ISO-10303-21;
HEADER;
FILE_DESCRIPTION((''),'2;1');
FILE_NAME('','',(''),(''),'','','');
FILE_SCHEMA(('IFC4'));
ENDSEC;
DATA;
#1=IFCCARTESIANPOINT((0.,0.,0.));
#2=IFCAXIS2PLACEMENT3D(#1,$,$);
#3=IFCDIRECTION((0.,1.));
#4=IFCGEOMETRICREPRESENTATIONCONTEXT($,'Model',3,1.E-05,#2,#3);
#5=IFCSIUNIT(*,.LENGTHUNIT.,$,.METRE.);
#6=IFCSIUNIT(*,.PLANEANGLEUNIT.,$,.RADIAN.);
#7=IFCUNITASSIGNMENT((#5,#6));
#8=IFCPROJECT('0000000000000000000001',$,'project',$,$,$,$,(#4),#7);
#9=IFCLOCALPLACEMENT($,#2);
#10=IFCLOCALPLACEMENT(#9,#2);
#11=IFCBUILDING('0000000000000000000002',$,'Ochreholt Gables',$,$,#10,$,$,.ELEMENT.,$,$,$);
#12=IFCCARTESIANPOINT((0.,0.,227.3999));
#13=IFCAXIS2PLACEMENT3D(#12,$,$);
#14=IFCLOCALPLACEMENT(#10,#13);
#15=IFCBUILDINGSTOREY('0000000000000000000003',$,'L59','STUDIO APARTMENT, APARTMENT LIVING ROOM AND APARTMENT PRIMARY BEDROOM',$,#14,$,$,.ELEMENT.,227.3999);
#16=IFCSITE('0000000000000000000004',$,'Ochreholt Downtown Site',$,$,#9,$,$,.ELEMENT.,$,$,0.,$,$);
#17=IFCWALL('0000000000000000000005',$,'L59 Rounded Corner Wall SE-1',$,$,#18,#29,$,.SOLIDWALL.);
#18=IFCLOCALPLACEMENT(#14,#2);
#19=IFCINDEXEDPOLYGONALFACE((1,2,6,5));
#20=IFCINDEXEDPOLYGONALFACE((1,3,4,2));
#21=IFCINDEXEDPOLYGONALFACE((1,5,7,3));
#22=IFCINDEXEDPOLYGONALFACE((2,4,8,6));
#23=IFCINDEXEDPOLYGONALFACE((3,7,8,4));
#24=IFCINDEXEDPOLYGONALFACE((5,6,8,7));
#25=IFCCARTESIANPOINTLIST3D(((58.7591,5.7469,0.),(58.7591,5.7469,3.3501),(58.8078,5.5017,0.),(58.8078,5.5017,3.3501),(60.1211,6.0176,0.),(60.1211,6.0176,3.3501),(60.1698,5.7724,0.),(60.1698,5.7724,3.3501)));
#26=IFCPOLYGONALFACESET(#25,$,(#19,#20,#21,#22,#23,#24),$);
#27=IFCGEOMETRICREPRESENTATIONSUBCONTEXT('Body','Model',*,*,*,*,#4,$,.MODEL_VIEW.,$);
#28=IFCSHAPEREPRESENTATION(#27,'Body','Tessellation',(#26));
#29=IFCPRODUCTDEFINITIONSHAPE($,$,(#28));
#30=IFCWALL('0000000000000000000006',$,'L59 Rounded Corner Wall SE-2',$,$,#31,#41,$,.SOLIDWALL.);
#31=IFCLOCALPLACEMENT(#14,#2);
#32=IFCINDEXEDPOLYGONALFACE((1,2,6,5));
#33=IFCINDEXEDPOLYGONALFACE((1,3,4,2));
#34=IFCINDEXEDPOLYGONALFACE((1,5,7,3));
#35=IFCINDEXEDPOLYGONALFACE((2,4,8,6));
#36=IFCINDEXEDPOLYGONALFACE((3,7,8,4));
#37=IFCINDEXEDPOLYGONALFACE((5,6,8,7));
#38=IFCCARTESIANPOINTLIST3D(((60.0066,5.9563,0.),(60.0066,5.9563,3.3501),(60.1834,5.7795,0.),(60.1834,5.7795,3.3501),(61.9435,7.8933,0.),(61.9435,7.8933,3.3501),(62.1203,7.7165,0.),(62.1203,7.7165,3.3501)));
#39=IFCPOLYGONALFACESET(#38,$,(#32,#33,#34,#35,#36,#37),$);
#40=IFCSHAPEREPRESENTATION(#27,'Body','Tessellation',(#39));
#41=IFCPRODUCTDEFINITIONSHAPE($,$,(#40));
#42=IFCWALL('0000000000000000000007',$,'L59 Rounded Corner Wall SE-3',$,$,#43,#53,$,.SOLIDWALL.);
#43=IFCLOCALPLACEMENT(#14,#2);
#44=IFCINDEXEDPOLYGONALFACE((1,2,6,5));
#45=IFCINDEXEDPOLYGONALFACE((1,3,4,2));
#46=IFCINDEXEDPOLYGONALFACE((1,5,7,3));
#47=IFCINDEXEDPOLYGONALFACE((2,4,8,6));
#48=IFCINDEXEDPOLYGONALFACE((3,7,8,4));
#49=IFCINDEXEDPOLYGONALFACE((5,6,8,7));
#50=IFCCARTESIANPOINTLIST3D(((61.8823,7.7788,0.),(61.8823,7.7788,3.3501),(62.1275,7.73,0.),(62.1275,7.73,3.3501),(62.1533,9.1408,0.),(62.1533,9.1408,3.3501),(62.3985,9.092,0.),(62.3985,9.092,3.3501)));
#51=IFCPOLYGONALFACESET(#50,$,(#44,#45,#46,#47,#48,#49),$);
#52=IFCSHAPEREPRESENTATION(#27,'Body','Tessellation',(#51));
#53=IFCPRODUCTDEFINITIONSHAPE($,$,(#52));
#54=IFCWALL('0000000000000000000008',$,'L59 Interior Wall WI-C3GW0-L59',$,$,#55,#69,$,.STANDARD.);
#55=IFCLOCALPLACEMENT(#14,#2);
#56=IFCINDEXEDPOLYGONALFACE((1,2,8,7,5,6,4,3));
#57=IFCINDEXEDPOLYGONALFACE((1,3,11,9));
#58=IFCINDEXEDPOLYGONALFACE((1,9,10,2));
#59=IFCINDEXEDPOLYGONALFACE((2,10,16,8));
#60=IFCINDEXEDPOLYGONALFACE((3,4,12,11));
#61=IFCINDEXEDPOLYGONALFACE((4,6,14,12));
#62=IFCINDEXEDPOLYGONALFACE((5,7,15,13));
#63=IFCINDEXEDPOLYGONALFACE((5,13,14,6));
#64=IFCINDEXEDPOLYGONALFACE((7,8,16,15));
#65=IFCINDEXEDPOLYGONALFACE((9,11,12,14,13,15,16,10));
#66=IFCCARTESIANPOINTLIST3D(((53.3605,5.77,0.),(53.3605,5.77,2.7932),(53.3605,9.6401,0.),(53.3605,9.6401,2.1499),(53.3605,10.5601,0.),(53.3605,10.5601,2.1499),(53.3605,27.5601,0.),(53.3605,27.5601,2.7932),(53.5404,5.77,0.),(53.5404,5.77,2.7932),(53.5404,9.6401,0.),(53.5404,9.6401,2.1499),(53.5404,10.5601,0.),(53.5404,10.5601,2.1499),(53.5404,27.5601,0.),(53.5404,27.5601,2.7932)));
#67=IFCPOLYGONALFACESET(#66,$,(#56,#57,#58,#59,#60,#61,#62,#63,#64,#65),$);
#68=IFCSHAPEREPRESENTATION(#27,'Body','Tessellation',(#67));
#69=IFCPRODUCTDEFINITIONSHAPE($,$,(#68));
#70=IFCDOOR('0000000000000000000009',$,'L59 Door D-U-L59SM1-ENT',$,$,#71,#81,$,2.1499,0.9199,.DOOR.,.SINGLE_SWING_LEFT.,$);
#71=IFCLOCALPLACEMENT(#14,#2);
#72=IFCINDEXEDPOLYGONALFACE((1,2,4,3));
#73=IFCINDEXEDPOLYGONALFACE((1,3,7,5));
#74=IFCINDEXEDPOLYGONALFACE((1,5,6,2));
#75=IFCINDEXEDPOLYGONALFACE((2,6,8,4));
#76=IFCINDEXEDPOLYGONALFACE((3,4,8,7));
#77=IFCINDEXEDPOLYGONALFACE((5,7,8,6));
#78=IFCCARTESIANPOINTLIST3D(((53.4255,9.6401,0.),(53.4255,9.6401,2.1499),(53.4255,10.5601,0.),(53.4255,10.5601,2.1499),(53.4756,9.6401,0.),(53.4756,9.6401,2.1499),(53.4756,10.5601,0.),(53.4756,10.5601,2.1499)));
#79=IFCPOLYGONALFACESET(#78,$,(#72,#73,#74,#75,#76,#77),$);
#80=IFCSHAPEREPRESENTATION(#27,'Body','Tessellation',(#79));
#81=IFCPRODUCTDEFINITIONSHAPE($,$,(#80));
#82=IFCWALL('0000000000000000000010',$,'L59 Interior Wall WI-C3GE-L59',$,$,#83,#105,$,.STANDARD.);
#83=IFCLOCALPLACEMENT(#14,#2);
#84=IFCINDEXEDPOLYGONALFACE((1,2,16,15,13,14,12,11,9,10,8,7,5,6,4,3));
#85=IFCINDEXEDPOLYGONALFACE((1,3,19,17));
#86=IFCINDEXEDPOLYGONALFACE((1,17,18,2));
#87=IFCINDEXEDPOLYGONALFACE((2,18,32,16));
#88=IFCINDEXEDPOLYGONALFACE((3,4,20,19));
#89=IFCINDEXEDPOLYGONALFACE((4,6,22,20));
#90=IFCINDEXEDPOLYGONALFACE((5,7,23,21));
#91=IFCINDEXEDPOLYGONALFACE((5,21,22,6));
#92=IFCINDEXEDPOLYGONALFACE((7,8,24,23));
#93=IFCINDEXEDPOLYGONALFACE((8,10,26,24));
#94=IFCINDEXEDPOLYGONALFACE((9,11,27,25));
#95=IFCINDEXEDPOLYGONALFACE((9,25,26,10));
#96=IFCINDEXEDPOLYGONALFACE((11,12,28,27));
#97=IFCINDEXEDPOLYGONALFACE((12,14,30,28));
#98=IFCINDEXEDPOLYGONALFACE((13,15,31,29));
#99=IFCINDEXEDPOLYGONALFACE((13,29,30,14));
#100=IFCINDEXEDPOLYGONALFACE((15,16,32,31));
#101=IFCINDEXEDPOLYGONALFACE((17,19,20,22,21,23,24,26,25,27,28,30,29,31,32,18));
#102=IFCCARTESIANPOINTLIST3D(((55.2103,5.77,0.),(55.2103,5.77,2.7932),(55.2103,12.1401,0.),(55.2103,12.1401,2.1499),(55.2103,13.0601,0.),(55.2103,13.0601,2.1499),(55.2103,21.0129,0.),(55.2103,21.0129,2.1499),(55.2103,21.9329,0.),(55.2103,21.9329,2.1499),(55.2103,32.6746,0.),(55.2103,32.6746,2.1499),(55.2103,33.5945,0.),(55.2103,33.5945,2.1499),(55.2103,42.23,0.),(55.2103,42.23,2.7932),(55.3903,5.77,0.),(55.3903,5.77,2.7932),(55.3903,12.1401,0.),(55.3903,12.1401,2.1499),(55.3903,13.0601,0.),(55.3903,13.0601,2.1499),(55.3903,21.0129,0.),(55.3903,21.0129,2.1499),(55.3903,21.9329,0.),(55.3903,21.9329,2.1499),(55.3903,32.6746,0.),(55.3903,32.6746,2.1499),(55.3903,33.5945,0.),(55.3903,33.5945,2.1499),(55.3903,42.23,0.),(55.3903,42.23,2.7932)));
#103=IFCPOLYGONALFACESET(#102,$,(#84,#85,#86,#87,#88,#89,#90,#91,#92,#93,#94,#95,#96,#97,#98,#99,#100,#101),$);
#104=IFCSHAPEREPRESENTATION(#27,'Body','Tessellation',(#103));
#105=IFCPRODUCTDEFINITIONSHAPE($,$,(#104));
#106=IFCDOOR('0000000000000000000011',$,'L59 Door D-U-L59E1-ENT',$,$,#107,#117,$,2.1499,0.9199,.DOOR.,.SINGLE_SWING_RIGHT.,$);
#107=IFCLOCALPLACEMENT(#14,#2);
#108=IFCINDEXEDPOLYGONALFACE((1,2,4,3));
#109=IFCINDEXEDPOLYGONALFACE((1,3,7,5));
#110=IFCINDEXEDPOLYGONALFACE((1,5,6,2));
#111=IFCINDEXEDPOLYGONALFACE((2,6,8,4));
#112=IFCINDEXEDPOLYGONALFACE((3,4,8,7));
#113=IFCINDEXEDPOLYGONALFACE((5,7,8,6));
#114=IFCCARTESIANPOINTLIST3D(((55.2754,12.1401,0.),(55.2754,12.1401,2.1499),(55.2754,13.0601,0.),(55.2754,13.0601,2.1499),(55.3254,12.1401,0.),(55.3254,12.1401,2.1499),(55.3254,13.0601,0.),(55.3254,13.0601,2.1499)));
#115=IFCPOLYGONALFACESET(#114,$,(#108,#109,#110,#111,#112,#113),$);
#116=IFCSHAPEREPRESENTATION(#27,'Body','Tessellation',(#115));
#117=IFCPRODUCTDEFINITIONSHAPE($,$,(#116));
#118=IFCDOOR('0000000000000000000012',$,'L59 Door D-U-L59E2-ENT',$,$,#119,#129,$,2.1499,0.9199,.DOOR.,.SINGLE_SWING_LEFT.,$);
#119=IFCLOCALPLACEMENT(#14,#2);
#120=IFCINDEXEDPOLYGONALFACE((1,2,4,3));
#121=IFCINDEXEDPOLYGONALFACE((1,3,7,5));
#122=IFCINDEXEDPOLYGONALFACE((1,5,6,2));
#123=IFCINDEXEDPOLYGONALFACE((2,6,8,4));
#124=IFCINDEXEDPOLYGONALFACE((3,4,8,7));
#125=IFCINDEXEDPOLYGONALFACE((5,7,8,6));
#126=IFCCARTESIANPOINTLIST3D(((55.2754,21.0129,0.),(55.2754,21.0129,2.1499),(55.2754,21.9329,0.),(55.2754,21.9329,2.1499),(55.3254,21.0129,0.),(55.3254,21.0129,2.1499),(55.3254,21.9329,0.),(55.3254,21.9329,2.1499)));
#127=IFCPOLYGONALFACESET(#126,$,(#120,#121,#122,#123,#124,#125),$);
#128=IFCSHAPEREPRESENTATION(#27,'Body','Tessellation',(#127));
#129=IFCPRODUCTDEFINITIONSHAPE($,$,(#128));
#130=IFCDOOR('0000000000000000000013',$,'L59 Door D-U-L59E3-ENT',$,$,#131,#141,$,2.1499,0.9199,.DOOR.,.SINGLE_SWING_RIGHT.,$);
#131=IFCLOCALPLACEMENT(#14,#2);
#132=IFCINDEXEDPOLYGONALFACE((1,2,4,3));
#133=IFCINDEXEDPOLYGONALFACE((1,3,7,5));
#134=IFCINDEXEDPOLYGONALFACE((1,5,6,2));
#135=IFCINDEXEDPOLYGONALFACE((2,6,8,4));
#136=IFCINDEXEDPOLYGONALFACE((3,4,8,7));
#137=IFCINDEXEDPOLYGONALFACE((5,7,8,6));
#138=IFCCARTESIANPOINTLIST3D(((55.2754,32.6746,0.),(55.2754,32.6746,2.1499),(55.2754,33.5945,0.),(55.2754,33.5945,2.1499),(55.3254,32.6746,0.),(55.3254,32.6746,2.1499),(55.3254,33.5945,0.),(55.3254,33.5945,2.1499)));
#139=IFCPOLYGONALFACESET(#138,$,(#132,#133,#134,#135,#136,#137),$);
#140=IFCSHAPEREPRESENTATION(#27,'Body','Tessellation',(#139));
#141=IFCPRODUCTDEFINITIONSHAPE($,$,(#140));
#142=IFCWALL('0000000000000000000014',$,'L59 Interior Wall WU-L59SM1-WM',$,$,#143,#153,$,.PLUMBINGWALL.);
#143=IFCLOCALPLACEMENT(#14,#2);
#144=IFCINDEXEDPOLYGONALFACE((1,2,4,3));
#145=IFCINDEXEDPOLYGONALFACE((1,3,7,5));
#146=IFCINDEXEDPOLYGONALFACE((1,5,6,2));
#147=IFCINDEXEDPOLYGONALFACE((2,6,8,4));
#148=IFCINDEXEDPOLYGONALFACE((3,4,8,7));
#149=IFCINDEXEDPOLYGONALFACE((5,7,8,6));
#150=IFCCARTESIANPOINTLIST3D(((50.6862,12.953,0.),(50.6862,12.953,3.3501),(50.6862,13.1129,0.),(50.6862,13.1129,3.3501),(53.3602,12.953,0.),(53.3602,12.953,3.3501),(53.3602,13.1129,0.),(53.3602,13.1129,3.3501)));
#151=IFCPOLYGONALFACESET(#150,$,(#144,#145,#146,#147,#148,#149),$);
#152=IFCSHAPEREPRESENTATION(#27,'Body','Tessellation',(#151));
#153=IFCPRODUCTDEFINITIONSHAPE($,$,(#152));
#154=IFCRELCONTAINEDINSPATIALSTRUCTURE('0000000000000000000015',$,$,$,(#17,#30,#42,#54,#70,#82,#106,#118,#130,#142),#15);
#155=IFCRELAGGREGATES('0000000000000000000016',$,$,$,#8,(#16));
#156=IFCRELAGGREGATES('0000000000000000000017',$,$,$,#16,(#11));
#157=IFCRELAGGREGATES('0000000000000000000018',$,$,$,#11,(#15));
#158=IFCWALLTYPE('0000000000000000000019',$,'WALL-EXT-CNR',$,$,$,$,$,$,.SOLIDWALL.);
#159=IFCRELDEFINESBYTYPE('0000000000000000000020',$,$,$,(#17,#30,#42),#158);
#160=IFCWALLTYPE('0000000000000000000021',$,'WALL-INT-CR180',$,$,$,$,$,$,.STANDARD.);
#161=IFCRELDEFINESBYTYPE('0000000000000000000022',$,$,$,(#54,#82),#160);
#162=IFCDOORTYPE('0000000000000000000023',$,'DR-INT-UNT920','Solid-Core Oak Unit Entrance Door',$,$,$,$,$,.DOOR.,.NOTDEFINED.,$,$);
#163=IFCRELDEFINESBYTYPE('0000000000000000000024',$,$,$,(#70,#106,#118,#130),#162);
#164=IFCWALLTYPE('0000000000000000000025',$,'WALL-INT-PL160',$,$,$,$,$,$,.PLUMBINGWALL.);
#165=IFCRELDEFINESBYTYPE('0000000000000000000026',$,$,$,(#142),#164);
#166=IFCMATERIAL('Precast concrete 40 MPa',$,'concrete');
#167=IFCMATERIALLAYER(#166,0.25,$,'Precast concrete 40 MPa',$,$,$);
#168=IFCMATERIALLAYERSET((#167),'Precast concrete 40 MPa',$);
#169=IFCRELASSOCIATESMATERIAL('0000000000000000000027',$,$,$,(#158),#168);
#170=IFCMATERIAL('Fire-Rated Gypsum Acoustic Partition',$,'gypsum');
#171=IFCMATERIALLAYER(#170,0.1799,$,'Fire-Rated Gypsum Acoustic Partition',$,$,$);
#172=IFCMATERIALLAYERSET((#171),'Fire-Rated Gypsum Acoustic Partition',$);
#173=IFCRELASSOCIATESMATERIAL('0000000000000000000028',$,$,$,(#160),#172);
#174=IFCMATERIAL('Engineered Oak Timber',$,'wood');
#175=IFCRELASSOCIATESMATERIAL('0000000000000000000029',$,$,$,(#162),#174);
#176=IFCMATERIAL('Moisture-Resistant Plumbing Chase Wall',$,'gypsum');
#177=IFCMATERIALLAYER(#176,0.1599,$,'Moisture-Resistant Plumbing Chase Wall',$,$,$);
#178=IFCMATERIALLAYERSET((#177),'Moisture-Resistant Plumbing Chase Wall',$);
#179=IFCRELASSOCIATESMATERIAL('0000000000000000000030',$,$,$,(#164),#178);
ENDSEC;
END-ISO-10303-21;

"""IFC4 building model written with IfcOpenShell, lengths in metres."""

from ifc_helpers import new_model, si_unit, direction, frame, frame_2d, origin, place, context, subcontext, project, spatial, rectangle, extrude, material, layer, layer_set, type_object, element, fill, save


model = new_model("IFC4")

# Units and contexts
model_context = context("Model", 3, precision=1e-05, world=origin(), true_north=direction((0.0, 1.0)))
body_context = subcontext(model_context, "Body", "Model", "MODEL_VIEW")
ifc_project = project(units=[si_unit("LENGTHUNIT", "METRE"), si_unit("PLANEANGLEUNIT", "RADIAN")], contexts=[model_context])

# Site, building, storey
site_placement = place(None, origin())
site = spatial("IfcSite", under=ifc_project, at=site_placement, Name="Ochreholt Downtown Site", CompositionType="ELEMENT", RefElevation=0.0)
building_placement = place(site_placement, origin())
building = spatial("IfcBuilding", under=site, at=building_placement, Name="Ochreholt Gables", CompositionType="ELEMENT")
storey_placement = place(building_placement, frame((0.0, 0.0, 227.3999)))
storey = spatial("IfcBuildingStorey", under=building, at=storey_placement, Name="L59", Description="STUDIO APARTMENT, APARTMENT LIVING ROOM AND APARTMENT PRIMARY BEDROOM", CompositionType="ELEMENT", Elevation=227.3999)

# Shared definitions
ifc_material_1 = material(Name="Precast concrete 40 MPa", Category="concrete")

# Walls
ifc_layer_1 = layer(ifc_material_1, 0.25, Name="Precast concrete 40 MPa")
ifc_layer_set_1 = layer_set([ifc_layer_1], Name="Precast concrete 40 MPa")
wall_type_1 = type_object("IfcWallType", Name="WALL-EXT-CNR", PredefinedType="SOLIDWALL", material=ifc_layer_set_1)
wall_1_placement = place(storey_placement, frame((58.7834, 5.6243, 0.0), z_axis=(0.0, 0.0, 1.0), x_axis=(0.98081, 0.194967, 0.0)))
element("IfcWall", 1, at=wall_1_placement, inside=storey, type_object=wall_type_1, Name="L59 Rounded Corner Wall SE-1", PredefinedType="SOLIDWALL", context=body_context, shape_type="SweptSolid", body=[
    extrude(rectangle(XDim=1.3887, YDim=0.25, at=frame_2d((0.6943, 0.0))), origin(), (0.0, 0.0, 1.0), 3.3501),
])
wall_2_placement = place(storey_placement, frame((60.095, 5.8679, 0.0), z_axis=(0.0, 0.0, 1.0), x_axis=(0.707107, 0.707107, 0.0)))
element("IfcWall", 2, at=wall_2_placement, inside=storey, type_object=wall_type_1, Name="L59 Rounded Corner Wall SE-2", PredefinedType="SOLIDWALL", context=body_context, shape_type="SweptSolid", body=[
    extrude(rectangle(XDim=2.7393, YDim=0.25, at=frame_2d((1.3696, 0.0))), origin(), (0.0, 0.0, 1.0), 3.3501),
])
wall_3_placement = place(storey_placement, frame((62.0049, 7.7544, 0.0), z_axis=(0.0, 0.0, 1.0), x_axis=(0.195136, 0.980776, 0.0)))
element("IfcWall", 3, at=wall_3_placement, inside=storey, type_object=wall_type_1, Name="L59 Rounded Corner Wall SE-3", PredefinedType="SOLIDWALL", context=body_context, shape_type="SweptSolid", body=[
    extrude(rectangle(XDim=1.3887, YDim=0.25, at=frame_2d((0.6943, 0.0))), origin(), (0.0, 0.0, 1.0), 3.3501),
])

# Wall, opening, door
ifc_material_2 = material(Name="Fire-Rated Gypsum Acoustic Partition", Category="gypsum")
ifc_layer_2 = layer(ifc_material_2, 0.1799, Name="Fire-Rated Gypsum Acoustic Partition")
ifc_layer_set_2 = layer_set([ifc_layer_2], Name="Fire-Rated Gypsum Acoustic Partition")
wall_type_2 = type_object("IfcWallType", Name="WALL-INT-CR180", PredefinedType="STANDARD", material=ifc_layer_set_2)
wall_4_placement = place(storey_placement, frame((53.4504, 5.77, 0.0), z_axis=(0.0, 0.0, 1.0), x_axis=(0.0, 1.0, 0.0)))
wall_4 = element("IfcWall", 4, at=wall_4_placement, inside=storey, type_object=wall_type_2, Name="L59 Interior Wall WI-C3GW0-L59", PredefinedType="STANDARD", context=body_context, shape_type="SweptSolid", body=[
    extrude(rectangle(XDim=21.79, YDim=0.1799, at=frame_2d((10.895, 0.0))), origin(), (0.0, 0.0, 1.0), 2.7932),
])
opening_1_placement = place(wall_4_placement, frame((3.8701, 0.0, 0.0)))
opening_1 = element("IfcOpeningElement", 5, at=opening_1_placement, cuts=wall_4, PredefinedType="OPENING", context=body_context, shape_type="SweptSolid", body=[
    extrude(rectangle(XDim=0.9199, YDim=2.1499, at=frame_2d((0.46, 1.075))), frame((0.0, 0.0999, 0.0), z_axis=(0.0, -1.0, 0.0), x_axis=(1.0, 0.0, 0.0)), (0.0, 0.0, 1.0), 0.2),
])
ifc_material_3 = material(Name="Engineered Oak Timber", Category="wood")
door_type_1 = type_object("IfcDoorType", Name="DR-INT-UNT920", Description="Solid-Core Oak Unit Entrance Door", OperationType="NOTDEFINED", PredefinedType="DOOR", material=ifc_material_3)
door_1_placement = place(opening_1_placement, origin())
door_1 = element("IfcDoor", 6, at=door_1_placement, inside=storey, type_object=door_type_1, Name="L59 Door D-U-L59SM1-ENT", OperationType="SINGLE_SWING_LEFT", OverallHeight=2.1499, OverallWidth=0.9199, PredefinedType="DOOR", context=body_context, shape_type="SweptSolid", body=[
    extrude(rectangle(XDim=0.9199, YDim=2.1499, at=frame_2d((0.46, 1.075))), frame((0.0, 0.0249, 0.0), z_axis=(0.0, -1.0, 0.0), x_axis=(1.0, 0.0, 0.0)), (0.0, 0.0, 1.0), 0.05),
])
fill(opening_1, door_1)

# Wall, openings, doors
wall_5_placement = place(storey_placement, frame((55.3003, 5.77, 0.0), z_axis=(0.0, 0.0, 1.0), x_axis=(0.0, 1.0, 0.0)))
wall_5 = element("IfcWall", 7, at=wall_5_placement, inside=storey, type_object=wall_type_2, Name="L59 Interior Wall WI-C3GE-L59", PredefinedType="STANDARD", context=body_context, shape_type="SweptSolid", body=[
    extrude(rectangle(XDim=36.46, YDim=0.1799, at=frame_2d((18.23, 0.0))), origin(), (0.0, 0.0, 1.0), 2.7932),
])
opening_2_placement = place(wall_5_placement, frame((6.3701, 0.0, 0.0)))
opening_2 = element("IfcOpeningElement", 8, at=opening_2_placement, cuts=wall_5, PredefinedType="OPENING", context=body_context, shape_type="SweptSolid", body=[
    extrude(rectangle(XDim=0.9199, YDim=2.1499, at=frame_2d((0.46, 1.075))), frame((0.0, 0.0999, 0.0), z_axis=(0.0, -1.0, 0.0), x_axis=(1.0, 0.0, 0.0)), (0.0, 0.0, 1.0), 0.2),
])
opening_3_placement = place(wall_5_placement, frame((15.2429, 0.0, 0.0)))
opening_3 = element("IfcOpeningElement", 9, at=opening_3_placement, cuts=wall_5, PredefinedType="OPENING", context=body_context, shape_type="SweptSolid", body=[
    extrude(rectangle(XDim=0.9199, YDim=2.1499, at=frame_2d((0.46, 1.075))), frame((0.0, 0.0999, 0.0), z_axis=(0.0, -1.0, 0.0), x_axis=(1.0, 0.0, 0.0)), (0.0, 0.0, 1.0), 0.2),
])
opening_4_placement = place(wall_5_placement, frame((26.9045, 0.0, 0.0)))
opening_4 = element("IfcOpeningElement", 10, at=opening_4_placement, cuts=wall_5, PredefinedType="OPENING", context=body_context, shape_type="SweptSolid", body=[
    extrude(rectangle(XDim=0.9199, YDim=2.1499, at=frame_2d((0.46, 1.075))), frame((0.0, 0.0999, 0.0), z_axis=(0.0, -1.0, 0.0), x_axis=(1.0, 0.0, 0.0)), (0.0, 0.0, 1.0), 0.2),
])
door_2_placement = place(opening_2_placement, origin())
door_2 = element("IfcDoor", 11, at=door_2_placement, inside=storey, type_object=door_type_1, Name="L59 Door D-U-L59E1-ENT", OperationType="SINGLE_SWING_RIGHT", OverallHeight=2.1499, OverallWidth=0.9199, PredefinedType="DOOR", context=body_context, shape_type="SweptSolid", body=[
    extrude(rectangle(XDim=0.9199, YDim=2.1499, at=frame_2d((0.46, 1.075))), frame((0.0, 0.0249, 0.0), z_axis=(0.0, -1.0, 0.0), x_axis=(1.0, 0.0, 0.0)), (0.0, 0.0, 1.0), 0.05),
])
fill(opening_2, door_2)
door_3_placement = place(opening_3_placement, origin())
door_3 = element("IfcDoor", 12, at=door_3_placement, inside=storey, type_object=door_type_1, Name="L59 Door D-U-L59E2-ENT", OperationType="SINGLE_SWING_LEFT", OverallHeight=2.1499, OverallWidth=0.9199, PredefinedType="DOOR", context=body_context, shape_type="SweptSolid", body=[
    extrude(rectangle(XDim=0.9199, YDim=2.1499, at=frame_2d((0.46, 1.075))), frame((0.0, 0.0249, 0.0), z_axis=(0.0, -1.0, 0.0), x_axis=(1.0, 0.0, 0.0)), (0.0, 0.0, 1.0), 0.05),
])
fill(opening_3, door_3)
door_4_placement = place(opening_4_placement, origin())
door_4 = element("IfcDoor", 13, at=door_4_placement, inside=storey, type_object=door_type_1, Name="L59 Door D-U-L59E3-ENT", OperationType="SINGLE_SWING_RIGHT", OverallHeight=2.1499, OverallWidth=0.9199, PredefinedType="DOOR", context=body_context, shape_type="SweptSolid", body=[
    extrude(rectangle(XDim=0.9199, YDim=2.1499, at=frame_2d((0.46, 1.075))), frame((0.0, 0.0249, 0.0), z_axis=(0.0, -1.0, 0.0), x_axis=(1.0, 0.0, 0.0)), (0.0, 0.0, 1.0), 0.05),
])
fill(opening_4, door_4)
ifc_material_4 = material(Name="Moisture-Resistant Plumbing Chase Wall", Category="gypsum")
ifc_layer_3 = layer(ifc_material_4, 0.1599, Name="Moisture-Resistant Plumbing Chase Wall")
ifc_layer_set_3 = layer_set([ifc_layer_3], Name="Moisture-Resistant Plumbing Chase Wall")
wall_type_3 = type_object("IfcWallType", Name="WALL-INT-PL160", PredefinedType="PLUMBINGWALL", material=ifc_layer_set_3)

# Wall
wall_6_placement = place(storey_placement, frame((50.6863, 13.033, 0.0), z_axis=(0.0, 0.0, 1.0), x_axis=(1.0, 0.0, 0.0)))
element("IfcWall", 14, at=wall_6_placement, inside=storey, type_object=wall_type_3, Name="L59 Interior Wall WU-L59SM1-WM", PredefinedType="PLUMBINGWALL", context=body_context, shape_type="SweptSolid", body=[
    extrude(rectangle(XDim=2.6741, YDim=0.1599, at=frame_2d((1.3369, 0.0))), origin(), (0.0, 0.0, 1.0), 3.3501),
])

save(model, "model.ifc")
